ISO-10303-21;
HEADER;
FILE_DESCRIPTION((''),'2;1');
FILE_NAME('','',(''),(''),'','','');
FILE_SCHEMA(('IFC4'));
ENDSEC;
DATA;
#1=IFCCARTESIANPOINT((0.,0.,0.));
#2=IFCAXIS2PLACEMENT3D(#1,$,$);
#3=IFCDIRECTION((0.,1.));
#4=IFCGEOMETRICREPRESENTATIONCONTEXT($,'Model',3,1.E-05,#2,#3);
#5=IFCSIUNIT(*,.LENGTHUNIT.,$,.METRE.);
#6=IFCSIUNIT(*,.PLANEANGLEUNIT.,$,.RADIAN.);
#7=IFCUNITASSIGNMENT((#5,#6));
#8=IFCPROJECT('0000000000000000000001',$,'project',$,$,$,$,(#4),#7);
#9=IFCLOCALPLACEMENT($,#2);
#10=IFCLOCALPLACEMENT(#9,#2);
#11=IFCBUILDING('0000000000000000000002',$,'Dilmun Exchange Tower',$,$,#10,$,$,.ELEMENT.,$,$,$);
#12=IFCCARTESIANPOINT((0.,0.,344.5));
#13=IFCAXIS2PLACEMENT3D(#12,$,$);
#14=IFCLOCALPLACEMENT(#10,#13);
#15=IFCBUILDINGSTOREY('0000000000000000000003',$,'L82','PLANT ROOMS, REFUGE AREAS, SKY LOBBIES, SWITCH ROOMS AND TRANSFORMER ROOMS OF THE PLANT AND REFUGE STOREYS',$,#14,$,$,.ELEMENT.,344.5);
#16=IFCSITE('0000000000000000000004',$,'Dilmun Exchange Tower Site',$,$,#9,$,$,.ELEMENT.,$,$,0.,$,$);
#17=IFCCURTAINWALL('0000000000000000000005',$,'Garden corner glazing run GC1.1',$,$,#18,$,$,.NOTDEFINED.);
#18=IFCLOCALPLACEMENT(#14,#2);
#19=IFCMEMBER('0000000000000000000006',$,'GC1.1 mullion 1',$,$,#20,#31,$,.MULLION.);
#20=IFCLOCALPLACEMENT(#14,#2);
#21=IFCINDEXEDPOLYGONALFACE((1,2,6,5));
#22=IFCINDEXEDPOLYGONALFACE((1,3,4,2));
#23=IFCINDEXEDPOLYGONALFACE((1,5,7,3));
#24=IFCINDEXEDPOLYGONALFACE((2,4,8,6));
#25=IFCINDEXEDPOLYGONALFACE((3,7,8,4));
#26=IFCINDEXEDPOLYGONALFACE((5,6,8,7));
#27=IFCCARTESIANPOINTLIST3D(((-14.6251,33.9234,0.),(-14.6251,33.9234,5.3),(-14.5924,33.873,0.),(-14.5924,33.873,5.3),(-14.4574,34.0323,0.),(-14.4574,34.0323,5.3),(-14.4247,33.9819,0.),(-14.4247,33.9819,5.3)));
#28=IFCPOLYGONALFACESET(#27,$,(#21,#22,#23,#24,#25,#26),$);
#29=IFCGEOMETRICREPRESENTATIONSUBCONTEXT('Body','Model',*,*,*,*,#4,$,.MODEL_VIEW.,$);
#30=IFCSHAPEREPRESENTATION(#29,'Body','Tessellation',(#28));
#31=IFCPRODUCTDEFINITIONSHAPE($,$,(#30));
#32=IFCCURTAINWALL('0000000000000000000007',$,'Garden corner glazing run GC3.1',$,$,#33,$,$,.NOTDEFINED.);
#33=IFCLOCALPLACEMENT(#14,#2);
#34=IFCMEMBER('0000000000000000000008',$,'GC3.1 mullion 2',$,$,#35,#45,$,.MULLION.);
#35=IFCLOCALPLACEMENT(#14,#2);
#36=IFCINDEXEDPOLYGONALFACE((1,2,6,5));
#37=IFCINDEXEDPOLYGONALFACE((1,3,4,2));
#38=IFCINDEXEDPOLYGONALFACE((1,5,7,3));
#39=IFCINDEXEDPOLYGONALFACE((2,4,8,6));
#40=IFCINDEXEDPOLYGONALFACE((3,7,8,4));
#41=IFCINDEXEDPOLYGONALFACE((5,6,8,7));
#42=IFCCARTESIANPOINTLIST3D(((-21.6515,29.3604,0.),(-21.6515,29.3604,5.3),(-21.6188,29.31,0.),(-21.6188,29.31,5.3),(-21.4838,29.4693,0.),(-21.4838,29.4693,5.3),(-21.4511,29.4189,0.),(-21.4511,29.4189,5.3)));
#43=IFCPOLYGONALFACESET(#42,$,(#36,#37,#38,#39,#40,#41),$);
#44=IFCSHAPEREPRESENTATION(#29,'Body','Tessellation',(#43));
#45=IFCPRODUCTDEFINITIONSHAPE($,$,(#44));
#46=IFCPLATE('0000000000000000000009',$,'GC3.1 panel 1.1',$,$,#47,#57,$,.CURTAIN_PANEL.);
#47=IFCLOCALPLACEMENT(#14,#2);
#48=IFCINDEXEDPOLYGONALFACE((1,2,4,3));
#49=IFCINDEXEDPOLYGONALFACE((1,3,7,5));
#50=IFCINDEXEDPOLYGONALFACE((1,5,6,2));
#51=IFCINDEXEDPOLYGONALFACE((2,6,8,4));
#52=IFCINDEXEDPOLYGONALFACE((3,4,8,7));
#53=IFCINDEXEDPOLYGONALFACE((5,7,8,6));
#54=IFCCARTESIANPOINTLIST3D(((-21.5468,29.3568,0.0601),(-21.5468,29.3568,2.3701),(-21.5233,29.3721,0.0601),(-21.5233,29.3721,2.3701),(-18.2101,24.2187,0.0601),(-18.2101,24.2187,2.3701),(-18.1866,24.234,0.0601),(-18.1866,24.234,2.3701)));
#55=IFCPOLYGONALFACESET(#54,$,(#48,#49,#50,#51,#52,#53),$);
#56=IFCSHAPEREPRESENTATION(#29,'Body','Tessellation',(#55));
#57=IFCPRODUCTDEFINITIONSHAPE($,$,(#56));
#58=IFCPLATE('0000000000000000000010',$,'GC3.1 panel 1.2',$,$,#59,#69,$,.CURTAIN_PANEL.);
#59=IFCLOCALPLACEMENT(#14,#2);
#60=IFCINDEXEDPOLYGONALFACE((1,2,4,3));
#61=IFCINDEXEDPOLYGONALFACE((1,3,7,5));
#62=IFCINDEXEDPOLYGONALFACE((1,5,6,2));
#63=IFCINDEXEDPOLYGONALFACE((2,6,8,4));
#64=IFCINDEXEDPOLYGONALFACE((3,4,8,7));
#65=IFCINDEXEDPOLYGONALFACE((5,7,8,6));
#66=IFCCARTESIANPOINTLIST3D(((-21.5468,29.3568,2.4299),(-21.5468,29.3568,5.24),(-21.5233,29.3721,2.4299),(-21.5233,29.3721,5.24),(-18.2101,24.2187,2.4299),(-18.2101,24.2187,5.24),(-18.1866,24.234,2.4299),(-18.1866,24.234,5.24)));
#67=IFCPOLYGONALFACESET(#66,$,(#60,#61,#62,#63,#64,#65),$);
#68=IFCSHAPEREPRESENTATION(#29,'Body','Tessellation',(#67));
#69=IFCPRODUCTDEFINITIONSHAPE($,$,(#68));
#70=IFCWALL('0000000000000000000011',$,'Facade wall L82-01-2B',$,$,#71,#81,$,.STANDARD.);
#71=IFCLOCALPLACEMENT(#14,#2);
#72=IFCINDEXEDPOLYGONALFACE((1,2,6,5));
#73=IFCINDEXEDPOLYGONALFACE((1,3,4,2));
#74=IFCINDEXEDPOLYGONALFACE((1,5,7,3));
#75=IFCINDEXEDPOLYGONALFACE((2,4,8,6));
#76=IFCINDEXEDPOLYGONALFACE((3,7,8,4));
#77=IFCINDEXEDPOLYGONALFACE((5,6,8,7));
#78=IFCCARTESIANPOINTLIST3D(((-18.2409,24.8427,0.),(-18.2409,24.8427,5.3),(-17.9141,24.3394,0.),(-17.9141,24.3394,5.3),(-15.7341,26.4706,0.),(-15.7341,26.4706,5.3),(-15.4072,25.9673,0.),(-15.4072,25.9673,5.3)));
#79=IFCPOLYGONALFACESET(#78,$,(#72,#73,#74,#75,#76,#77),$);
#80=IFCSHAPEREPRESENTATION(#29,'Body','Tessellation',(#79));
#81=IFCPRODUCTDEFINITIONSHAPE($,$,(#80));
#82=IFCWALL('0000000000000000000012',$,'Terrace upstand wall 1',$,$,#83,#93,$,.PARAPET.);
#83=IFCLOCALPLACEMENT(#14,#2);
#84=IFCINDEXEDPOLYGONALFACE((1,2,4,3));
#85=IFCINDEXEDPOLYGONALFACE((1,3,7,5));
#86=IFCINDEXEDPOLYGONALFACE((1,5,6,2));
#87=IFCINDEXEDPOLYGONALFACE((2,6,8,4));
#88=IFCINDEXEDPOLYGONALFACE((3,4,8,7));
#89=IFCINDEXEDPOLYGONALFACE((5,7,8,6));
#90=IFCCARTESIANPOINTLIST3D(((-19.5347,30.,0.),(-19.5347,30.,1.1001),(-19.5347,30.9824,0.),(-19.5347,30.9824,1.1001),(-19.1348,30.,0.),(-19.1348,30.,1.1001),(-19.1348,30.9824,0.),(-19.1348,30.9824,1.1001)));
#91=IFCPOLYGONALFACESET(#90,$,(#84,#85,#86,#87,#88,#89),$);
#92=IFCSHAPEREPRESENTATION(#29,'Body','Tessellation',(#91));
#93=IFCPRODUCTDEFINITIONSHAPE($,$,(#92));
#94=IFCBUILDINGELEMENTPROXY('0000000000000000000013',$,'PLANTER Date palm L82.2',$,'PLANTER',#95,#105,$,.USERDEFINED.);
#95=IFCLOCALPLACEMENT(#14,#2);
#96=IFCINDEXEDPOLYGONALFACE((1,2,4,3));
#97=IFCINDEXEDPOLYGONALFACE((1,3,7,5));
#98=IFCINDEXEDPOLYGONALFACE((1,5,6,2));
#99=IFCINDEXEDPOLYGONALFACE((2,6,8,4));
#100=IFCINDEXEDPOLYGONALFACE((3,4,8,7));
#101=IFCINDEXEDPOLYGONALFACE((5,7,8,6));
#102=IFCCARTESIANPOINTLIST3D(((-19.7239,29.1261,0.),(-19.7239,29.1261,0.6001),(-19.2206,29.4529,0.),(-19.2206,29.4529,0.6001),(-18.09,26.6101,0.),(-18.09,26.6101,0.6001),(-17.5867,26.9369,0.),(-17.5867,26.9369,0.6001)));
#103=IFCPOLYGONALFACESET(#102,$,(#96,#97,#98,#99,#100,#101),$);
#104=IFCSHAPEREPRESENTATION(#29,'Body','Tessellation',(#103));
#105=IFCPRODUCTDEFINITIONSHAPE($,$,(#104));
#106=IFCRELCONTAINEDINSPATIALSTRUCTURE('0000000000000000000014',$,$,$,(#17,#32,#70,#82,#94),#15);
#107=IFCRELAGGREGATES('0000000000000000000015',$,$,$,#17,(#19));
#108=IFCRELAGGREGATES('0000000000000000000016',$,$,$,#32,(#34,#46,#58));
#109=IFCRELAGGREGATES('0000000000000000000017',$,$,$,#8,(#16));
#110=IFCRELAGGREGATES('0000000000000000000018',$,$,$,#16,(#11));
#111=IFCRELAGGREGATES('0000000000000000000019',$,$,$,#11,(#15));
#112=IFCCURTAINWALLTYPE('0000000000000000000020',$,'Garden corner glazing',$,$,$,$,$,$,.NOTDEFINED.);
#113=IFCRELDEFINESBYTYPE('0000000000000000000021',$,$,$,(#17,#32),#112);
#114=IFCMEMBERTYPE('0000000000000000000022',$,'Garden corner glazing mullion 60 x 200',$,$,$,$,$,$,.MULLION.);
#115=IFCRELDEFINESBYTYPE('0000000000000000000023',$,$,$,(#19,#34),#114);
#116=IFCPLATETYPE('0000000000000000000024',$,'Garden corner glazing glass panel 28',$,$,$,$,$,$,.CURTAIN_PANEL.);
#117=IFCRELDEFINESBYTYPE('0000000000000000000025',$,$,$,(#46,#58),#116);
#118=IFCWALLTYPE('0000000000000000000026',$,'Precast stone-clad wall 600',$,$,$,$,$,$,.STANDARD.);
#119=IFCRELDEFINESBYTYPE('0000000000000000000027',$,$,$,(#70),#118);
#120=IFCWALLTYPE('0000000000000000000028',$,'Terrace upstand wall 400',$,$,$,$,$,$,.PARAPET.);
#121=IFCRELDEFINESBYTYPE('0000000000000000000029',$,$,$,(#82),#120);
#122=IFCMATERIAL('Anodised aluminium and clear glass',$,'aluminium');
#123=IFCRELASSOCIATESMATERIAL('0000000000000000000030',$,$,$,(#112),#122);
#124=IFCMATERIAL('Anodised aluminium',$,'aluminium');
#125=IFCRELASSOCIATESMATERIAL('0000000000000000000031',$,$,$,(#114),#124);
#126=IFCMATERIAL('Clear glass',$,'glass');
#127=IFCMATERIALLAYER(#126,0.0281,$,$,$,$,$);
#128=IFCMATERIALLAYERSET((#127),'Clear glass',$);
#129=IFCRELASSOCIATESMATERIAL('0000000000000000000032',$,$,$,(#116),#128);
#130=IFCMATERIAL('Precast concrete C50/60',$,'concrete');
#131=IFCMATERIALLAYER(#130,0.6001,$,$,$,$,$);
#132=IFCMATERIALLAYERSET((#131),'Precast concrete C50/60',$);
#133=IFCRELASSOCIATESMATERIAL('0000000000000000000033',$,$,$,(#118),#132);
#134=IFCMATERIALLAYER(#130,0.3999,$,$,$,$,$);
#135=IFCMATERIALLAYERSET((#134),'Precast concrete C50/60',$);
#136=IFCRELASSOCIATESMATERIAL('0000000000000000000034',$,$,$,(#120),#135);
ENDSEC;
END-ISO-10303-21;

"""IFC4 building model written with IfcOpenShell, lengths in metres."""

from ifc_helpers import new_model, si_unit, direction, frame, frame_2d, origin, origin_2d, place, context, subcontext, project, spatial, rectangle, extrude, material, layer, layer_set, material_profile, profile_set, type_object, element, aggregate, save


model = new_model("IFC4")

# Units and contexts
model_context = context("Model", 3, precision=1e-05, world=origin(), true_north=direction((0.0, 1.0)))
body_context = subcontext(model_context, "Body", "Model", "MODEL_VIEW")
ifc_project = project(units=[si_unit("LENGTHUNIT", "METRE"), si_unit("PLANEANGLEUNIT", "RADIAN")], contexts=[model_context])

# Site, building, storey
site_placement = place(None, origin())
site = spatial("IfcSite", under=ifc_project, at=site_placement, Name="Dilmun Exchange Tower Site", CompositionType="ELEMENT", RefElevation=0.0)
building_placement = place(site_placement, origin())
building = spatial("IfcBuilding", under=site, at=building_placement, Name="Dilmun Exchange Tower", CompositionType="ELEMENT")
storey_placement = place(building_placement, frame((0.0, 0.0, 344.5)))
storey = spatial("IfcBuildingStorey", under=building, at=storey_placement, Name="L82", Description="PLANT ROOMS, REFUGE AREAS, SKY LOBBIES, SWITCH ROOMS AND TRANSFORMER ROOMS OF THE PLANT AND REFUGE STOREYS", CompositionType="ELEMENT", Elevation=344.5)

# Curtain wall, member
ifc_material_1 = material(Name="Anodised aluminium and clear glass", Category="aluminium")
curtain_wall_type = type_object("IfcCurtainWallType", Name="Garden corner glazing", PredefinedType="NOTDEFINED", material=ifc_material_1)
curtain_wall_1_placement = place(storey_placement, origin())
curtain_wall_1 = element("IfcCurtainWall", 1, at=curtain_wall_1_placement, inside=storey, type_object=curtain_wall_type, Name="Garden corner glazing run GC1.1", PredefinedType="NOTDEFINED")
ifc_material_2 = material(Name="Anodised aluminium", Category="aluminium")
ifc_material_profile = material_profile(ifc_material_2, rectangle(XDim=0.2, YDim=0.0601, at=origin_2d()), Name="AL 60x200")
ifc_profile_set = profile_set([ifc_material_profile], Name="Anodised aluminium")
member_type = type_object("IfcMemberType", Name="Garden corner glazing mullion 60 x 200", PredefinedType="MULLION", material=ifc_profile_set)
member_1_placement = place(storey_placement, frame((-14.5249, 33.9526, 0.0), z_axis=(0.0, 0.0, 1.0), x_axis=(0.838674, 0.544633, 0.0)))
member_1 = element("IfcMember", 2, at=member_1_placement, type_object=member_type, Name="GC1.1 mullion 1", PredefinedType="MULLION", context=body_context, shape_type="SweptSolid", body=[
    extrude(rectangle(XDim=0.2, YDim=0.0601, at=origin_2d()), origin(), (0.0, 0.0, 1.0), 5.3),
])
aggregate(curtain_wall_1, [member_1])

# Curtain wall, member, plates
curtain_wall_2_placement = place(storey_placement, origin())
curtain_wall_2 = element("IfcCurtainWall", 3, at=curtain_wall_2_placement, inside=storey, type_object=curtain_wall_type, Name="Garden corner glazing run GC3.1", PredefinedType="NOTDEFINED")
member_2_placement = place(storey_placement, frame((-21.5513, 29.3896, 0.0), z_axis=(0.0, 0.0, 1.0), x_axis=(-0.838674, -0.544633, 0.0)))
member_2 = element("IfcMember", 4, at=member_2_placement, type_object=member_type, Name="GC3.1 mullion 2", PredefinedType="MULLION", context=body_context, shape_type="SweptSolid", body=[
    extrude(rectangle(XDim=0.2, YDim=0.0601, at=origin_2d()), origin(), (0.0, 0.0, 1.0), 5.3),
])
ifc_material_3 = material(Name="Clear glass", Category="glass")
ifc_layer_1 = layer(ifc_material_3, 0.0281)
ifc_layer_set_1 = layer_set([ifc_layer_1], Name="Clear glass")
plate_type = type_object("IfcPlateType", Name="Garden corner glazing glass panel 28", PredefinedType="CURTAIN_PANEL", material=ifc_layer_set_1)
plate_1_placement = place(storey_placement, frame((-19.8667, 26.7954, 0.0601), z_axis=(0.0, 0.0, 1.0), x_axis=(-0.544633, 0.838674, 0.0)))
plate_1 = element("IfcPlate", 5, at=plate_1_placement, type_object=plate_type, Name="GC3.1 panel 1.1", PredefinedType="CURTAIN_PANEL", context=body_context, shape_type="SweptSolid", body=[
    extrude(rectangle(XDim=6.1265, YDim=0.0281, at=origin_2d()), origin(), (0.0, 0.0, 1.0), 2.3101),
])
plate_2_placement = place(storey_placement, frame((-19.8667, 26.7954, 2.4299), z_axis=(0.0, 0.0, 1.0), x_axis=(-0.544633, 0.838674, 0.0)))
plate_2 = element("IfcPlate", 6, at=plate_2_placement, type_object=plate_type, Name="GC3.1 panel 1.2", PredefinedType="CURTAIN_PANEL", context=body_context, shape_type="SweptSolid", body=[
    extrude(rectangle(XDim=6.1265, YDim=0.0281, at=origin_2d()), origin(), (0.0, 0.0, 1.0), 2.8101),
])
aggregate(curtain_wall_2, [member_2, plate_1, plate_2])

# Shared definitions
ifc_material_4 = material(Name="Precast concrete C50/60", Category="concrete")
ifc_layer_2 = layer(ifc_material_4, 0.6001)
ifc_layer_set_2 = layer_set([ifc_layer_2], Name="Precast concrete C50/60")
wall_type_1 = type_object("IfcWallType", Name="Precast stone-clad wall 600", PredefinedType="STANDARD", material=ifc_layer_set_2)

# Walls
wall_1_placement = place(storey_placement, frame((-15.5706, 26.219, 0.0), z_axis=(0.0, 0.0, 1.0), x_axis=(-0.838675, -0.544632, 0.0)))
element("IfcWall", 7, at=wall_1_placement, inside=storey, type_object=wall_type_1, Name="Facade wall L82-01-2B", PredefinedType="STANDARD", context=body_context, shape_type="SweptSolid", body=[
    extrude(rectangle(XDim=2.989, YDim=0.6001, at=frame_2d((1.4946, 0.0))), origin(), (0.0, 0.0, 1.0), 5.3),
])
ifc_layer_3 = layer(ifc_material_4, 0.3999)
ifc_layer_set_3 = layer_set([ifc_layer_3], Name="Precast concrete C50/60")
wall_type_2 = type_object("IfcWallType", Name="Terrace upstand wall 400", PredefinedType="PARAPET", material=ifc_layer_set_3)
wall_2_placement = place(storey_placement, frame((-19.3347, 30.9824, 0.0), z_axis=(0.0, 0.0, 1.0), x_axis=(0.0, -1.0, 0.0)))
element("IfcWall", 8, at=wall_2_placement, inside=storey, type_object=wall_type_2, Name="Terrace upstand wall 1", PredefinedType="PARAPET", context=body_context, shape_type="SweptSolid", body=[
    extrude(rectangle(XDim=0.9824, YDim=0.3999, at=frame_2d((0.4912, 0.0))), origin(), (0.0, 0.0, 1.0), 1.1001),
])

# Building element proxy
proxy_placement = place(storey_placement, frame((-18.6553, 28.0315, 0.0), z_axis=(0.0, 0.0, 1.0), x_axis=(-0.544639, 0.838671, 0.0)))
element("IfcBuildingElementProxy", 9, at=proxy_placement, inside=storey, Name="PLANTER Date palm L82.2", ObjectType="PLANTER", PredefinedType="USERDEFINED", context=body_context, shape_type="SweptSolid", body=[
    extrude(rectangle(XDim=3.0, YDim=0.6001, at=origin_2d()), origin(), (0.0, 0.0, 1.0), 0.6001),
])

save(model, "model.ifc")
